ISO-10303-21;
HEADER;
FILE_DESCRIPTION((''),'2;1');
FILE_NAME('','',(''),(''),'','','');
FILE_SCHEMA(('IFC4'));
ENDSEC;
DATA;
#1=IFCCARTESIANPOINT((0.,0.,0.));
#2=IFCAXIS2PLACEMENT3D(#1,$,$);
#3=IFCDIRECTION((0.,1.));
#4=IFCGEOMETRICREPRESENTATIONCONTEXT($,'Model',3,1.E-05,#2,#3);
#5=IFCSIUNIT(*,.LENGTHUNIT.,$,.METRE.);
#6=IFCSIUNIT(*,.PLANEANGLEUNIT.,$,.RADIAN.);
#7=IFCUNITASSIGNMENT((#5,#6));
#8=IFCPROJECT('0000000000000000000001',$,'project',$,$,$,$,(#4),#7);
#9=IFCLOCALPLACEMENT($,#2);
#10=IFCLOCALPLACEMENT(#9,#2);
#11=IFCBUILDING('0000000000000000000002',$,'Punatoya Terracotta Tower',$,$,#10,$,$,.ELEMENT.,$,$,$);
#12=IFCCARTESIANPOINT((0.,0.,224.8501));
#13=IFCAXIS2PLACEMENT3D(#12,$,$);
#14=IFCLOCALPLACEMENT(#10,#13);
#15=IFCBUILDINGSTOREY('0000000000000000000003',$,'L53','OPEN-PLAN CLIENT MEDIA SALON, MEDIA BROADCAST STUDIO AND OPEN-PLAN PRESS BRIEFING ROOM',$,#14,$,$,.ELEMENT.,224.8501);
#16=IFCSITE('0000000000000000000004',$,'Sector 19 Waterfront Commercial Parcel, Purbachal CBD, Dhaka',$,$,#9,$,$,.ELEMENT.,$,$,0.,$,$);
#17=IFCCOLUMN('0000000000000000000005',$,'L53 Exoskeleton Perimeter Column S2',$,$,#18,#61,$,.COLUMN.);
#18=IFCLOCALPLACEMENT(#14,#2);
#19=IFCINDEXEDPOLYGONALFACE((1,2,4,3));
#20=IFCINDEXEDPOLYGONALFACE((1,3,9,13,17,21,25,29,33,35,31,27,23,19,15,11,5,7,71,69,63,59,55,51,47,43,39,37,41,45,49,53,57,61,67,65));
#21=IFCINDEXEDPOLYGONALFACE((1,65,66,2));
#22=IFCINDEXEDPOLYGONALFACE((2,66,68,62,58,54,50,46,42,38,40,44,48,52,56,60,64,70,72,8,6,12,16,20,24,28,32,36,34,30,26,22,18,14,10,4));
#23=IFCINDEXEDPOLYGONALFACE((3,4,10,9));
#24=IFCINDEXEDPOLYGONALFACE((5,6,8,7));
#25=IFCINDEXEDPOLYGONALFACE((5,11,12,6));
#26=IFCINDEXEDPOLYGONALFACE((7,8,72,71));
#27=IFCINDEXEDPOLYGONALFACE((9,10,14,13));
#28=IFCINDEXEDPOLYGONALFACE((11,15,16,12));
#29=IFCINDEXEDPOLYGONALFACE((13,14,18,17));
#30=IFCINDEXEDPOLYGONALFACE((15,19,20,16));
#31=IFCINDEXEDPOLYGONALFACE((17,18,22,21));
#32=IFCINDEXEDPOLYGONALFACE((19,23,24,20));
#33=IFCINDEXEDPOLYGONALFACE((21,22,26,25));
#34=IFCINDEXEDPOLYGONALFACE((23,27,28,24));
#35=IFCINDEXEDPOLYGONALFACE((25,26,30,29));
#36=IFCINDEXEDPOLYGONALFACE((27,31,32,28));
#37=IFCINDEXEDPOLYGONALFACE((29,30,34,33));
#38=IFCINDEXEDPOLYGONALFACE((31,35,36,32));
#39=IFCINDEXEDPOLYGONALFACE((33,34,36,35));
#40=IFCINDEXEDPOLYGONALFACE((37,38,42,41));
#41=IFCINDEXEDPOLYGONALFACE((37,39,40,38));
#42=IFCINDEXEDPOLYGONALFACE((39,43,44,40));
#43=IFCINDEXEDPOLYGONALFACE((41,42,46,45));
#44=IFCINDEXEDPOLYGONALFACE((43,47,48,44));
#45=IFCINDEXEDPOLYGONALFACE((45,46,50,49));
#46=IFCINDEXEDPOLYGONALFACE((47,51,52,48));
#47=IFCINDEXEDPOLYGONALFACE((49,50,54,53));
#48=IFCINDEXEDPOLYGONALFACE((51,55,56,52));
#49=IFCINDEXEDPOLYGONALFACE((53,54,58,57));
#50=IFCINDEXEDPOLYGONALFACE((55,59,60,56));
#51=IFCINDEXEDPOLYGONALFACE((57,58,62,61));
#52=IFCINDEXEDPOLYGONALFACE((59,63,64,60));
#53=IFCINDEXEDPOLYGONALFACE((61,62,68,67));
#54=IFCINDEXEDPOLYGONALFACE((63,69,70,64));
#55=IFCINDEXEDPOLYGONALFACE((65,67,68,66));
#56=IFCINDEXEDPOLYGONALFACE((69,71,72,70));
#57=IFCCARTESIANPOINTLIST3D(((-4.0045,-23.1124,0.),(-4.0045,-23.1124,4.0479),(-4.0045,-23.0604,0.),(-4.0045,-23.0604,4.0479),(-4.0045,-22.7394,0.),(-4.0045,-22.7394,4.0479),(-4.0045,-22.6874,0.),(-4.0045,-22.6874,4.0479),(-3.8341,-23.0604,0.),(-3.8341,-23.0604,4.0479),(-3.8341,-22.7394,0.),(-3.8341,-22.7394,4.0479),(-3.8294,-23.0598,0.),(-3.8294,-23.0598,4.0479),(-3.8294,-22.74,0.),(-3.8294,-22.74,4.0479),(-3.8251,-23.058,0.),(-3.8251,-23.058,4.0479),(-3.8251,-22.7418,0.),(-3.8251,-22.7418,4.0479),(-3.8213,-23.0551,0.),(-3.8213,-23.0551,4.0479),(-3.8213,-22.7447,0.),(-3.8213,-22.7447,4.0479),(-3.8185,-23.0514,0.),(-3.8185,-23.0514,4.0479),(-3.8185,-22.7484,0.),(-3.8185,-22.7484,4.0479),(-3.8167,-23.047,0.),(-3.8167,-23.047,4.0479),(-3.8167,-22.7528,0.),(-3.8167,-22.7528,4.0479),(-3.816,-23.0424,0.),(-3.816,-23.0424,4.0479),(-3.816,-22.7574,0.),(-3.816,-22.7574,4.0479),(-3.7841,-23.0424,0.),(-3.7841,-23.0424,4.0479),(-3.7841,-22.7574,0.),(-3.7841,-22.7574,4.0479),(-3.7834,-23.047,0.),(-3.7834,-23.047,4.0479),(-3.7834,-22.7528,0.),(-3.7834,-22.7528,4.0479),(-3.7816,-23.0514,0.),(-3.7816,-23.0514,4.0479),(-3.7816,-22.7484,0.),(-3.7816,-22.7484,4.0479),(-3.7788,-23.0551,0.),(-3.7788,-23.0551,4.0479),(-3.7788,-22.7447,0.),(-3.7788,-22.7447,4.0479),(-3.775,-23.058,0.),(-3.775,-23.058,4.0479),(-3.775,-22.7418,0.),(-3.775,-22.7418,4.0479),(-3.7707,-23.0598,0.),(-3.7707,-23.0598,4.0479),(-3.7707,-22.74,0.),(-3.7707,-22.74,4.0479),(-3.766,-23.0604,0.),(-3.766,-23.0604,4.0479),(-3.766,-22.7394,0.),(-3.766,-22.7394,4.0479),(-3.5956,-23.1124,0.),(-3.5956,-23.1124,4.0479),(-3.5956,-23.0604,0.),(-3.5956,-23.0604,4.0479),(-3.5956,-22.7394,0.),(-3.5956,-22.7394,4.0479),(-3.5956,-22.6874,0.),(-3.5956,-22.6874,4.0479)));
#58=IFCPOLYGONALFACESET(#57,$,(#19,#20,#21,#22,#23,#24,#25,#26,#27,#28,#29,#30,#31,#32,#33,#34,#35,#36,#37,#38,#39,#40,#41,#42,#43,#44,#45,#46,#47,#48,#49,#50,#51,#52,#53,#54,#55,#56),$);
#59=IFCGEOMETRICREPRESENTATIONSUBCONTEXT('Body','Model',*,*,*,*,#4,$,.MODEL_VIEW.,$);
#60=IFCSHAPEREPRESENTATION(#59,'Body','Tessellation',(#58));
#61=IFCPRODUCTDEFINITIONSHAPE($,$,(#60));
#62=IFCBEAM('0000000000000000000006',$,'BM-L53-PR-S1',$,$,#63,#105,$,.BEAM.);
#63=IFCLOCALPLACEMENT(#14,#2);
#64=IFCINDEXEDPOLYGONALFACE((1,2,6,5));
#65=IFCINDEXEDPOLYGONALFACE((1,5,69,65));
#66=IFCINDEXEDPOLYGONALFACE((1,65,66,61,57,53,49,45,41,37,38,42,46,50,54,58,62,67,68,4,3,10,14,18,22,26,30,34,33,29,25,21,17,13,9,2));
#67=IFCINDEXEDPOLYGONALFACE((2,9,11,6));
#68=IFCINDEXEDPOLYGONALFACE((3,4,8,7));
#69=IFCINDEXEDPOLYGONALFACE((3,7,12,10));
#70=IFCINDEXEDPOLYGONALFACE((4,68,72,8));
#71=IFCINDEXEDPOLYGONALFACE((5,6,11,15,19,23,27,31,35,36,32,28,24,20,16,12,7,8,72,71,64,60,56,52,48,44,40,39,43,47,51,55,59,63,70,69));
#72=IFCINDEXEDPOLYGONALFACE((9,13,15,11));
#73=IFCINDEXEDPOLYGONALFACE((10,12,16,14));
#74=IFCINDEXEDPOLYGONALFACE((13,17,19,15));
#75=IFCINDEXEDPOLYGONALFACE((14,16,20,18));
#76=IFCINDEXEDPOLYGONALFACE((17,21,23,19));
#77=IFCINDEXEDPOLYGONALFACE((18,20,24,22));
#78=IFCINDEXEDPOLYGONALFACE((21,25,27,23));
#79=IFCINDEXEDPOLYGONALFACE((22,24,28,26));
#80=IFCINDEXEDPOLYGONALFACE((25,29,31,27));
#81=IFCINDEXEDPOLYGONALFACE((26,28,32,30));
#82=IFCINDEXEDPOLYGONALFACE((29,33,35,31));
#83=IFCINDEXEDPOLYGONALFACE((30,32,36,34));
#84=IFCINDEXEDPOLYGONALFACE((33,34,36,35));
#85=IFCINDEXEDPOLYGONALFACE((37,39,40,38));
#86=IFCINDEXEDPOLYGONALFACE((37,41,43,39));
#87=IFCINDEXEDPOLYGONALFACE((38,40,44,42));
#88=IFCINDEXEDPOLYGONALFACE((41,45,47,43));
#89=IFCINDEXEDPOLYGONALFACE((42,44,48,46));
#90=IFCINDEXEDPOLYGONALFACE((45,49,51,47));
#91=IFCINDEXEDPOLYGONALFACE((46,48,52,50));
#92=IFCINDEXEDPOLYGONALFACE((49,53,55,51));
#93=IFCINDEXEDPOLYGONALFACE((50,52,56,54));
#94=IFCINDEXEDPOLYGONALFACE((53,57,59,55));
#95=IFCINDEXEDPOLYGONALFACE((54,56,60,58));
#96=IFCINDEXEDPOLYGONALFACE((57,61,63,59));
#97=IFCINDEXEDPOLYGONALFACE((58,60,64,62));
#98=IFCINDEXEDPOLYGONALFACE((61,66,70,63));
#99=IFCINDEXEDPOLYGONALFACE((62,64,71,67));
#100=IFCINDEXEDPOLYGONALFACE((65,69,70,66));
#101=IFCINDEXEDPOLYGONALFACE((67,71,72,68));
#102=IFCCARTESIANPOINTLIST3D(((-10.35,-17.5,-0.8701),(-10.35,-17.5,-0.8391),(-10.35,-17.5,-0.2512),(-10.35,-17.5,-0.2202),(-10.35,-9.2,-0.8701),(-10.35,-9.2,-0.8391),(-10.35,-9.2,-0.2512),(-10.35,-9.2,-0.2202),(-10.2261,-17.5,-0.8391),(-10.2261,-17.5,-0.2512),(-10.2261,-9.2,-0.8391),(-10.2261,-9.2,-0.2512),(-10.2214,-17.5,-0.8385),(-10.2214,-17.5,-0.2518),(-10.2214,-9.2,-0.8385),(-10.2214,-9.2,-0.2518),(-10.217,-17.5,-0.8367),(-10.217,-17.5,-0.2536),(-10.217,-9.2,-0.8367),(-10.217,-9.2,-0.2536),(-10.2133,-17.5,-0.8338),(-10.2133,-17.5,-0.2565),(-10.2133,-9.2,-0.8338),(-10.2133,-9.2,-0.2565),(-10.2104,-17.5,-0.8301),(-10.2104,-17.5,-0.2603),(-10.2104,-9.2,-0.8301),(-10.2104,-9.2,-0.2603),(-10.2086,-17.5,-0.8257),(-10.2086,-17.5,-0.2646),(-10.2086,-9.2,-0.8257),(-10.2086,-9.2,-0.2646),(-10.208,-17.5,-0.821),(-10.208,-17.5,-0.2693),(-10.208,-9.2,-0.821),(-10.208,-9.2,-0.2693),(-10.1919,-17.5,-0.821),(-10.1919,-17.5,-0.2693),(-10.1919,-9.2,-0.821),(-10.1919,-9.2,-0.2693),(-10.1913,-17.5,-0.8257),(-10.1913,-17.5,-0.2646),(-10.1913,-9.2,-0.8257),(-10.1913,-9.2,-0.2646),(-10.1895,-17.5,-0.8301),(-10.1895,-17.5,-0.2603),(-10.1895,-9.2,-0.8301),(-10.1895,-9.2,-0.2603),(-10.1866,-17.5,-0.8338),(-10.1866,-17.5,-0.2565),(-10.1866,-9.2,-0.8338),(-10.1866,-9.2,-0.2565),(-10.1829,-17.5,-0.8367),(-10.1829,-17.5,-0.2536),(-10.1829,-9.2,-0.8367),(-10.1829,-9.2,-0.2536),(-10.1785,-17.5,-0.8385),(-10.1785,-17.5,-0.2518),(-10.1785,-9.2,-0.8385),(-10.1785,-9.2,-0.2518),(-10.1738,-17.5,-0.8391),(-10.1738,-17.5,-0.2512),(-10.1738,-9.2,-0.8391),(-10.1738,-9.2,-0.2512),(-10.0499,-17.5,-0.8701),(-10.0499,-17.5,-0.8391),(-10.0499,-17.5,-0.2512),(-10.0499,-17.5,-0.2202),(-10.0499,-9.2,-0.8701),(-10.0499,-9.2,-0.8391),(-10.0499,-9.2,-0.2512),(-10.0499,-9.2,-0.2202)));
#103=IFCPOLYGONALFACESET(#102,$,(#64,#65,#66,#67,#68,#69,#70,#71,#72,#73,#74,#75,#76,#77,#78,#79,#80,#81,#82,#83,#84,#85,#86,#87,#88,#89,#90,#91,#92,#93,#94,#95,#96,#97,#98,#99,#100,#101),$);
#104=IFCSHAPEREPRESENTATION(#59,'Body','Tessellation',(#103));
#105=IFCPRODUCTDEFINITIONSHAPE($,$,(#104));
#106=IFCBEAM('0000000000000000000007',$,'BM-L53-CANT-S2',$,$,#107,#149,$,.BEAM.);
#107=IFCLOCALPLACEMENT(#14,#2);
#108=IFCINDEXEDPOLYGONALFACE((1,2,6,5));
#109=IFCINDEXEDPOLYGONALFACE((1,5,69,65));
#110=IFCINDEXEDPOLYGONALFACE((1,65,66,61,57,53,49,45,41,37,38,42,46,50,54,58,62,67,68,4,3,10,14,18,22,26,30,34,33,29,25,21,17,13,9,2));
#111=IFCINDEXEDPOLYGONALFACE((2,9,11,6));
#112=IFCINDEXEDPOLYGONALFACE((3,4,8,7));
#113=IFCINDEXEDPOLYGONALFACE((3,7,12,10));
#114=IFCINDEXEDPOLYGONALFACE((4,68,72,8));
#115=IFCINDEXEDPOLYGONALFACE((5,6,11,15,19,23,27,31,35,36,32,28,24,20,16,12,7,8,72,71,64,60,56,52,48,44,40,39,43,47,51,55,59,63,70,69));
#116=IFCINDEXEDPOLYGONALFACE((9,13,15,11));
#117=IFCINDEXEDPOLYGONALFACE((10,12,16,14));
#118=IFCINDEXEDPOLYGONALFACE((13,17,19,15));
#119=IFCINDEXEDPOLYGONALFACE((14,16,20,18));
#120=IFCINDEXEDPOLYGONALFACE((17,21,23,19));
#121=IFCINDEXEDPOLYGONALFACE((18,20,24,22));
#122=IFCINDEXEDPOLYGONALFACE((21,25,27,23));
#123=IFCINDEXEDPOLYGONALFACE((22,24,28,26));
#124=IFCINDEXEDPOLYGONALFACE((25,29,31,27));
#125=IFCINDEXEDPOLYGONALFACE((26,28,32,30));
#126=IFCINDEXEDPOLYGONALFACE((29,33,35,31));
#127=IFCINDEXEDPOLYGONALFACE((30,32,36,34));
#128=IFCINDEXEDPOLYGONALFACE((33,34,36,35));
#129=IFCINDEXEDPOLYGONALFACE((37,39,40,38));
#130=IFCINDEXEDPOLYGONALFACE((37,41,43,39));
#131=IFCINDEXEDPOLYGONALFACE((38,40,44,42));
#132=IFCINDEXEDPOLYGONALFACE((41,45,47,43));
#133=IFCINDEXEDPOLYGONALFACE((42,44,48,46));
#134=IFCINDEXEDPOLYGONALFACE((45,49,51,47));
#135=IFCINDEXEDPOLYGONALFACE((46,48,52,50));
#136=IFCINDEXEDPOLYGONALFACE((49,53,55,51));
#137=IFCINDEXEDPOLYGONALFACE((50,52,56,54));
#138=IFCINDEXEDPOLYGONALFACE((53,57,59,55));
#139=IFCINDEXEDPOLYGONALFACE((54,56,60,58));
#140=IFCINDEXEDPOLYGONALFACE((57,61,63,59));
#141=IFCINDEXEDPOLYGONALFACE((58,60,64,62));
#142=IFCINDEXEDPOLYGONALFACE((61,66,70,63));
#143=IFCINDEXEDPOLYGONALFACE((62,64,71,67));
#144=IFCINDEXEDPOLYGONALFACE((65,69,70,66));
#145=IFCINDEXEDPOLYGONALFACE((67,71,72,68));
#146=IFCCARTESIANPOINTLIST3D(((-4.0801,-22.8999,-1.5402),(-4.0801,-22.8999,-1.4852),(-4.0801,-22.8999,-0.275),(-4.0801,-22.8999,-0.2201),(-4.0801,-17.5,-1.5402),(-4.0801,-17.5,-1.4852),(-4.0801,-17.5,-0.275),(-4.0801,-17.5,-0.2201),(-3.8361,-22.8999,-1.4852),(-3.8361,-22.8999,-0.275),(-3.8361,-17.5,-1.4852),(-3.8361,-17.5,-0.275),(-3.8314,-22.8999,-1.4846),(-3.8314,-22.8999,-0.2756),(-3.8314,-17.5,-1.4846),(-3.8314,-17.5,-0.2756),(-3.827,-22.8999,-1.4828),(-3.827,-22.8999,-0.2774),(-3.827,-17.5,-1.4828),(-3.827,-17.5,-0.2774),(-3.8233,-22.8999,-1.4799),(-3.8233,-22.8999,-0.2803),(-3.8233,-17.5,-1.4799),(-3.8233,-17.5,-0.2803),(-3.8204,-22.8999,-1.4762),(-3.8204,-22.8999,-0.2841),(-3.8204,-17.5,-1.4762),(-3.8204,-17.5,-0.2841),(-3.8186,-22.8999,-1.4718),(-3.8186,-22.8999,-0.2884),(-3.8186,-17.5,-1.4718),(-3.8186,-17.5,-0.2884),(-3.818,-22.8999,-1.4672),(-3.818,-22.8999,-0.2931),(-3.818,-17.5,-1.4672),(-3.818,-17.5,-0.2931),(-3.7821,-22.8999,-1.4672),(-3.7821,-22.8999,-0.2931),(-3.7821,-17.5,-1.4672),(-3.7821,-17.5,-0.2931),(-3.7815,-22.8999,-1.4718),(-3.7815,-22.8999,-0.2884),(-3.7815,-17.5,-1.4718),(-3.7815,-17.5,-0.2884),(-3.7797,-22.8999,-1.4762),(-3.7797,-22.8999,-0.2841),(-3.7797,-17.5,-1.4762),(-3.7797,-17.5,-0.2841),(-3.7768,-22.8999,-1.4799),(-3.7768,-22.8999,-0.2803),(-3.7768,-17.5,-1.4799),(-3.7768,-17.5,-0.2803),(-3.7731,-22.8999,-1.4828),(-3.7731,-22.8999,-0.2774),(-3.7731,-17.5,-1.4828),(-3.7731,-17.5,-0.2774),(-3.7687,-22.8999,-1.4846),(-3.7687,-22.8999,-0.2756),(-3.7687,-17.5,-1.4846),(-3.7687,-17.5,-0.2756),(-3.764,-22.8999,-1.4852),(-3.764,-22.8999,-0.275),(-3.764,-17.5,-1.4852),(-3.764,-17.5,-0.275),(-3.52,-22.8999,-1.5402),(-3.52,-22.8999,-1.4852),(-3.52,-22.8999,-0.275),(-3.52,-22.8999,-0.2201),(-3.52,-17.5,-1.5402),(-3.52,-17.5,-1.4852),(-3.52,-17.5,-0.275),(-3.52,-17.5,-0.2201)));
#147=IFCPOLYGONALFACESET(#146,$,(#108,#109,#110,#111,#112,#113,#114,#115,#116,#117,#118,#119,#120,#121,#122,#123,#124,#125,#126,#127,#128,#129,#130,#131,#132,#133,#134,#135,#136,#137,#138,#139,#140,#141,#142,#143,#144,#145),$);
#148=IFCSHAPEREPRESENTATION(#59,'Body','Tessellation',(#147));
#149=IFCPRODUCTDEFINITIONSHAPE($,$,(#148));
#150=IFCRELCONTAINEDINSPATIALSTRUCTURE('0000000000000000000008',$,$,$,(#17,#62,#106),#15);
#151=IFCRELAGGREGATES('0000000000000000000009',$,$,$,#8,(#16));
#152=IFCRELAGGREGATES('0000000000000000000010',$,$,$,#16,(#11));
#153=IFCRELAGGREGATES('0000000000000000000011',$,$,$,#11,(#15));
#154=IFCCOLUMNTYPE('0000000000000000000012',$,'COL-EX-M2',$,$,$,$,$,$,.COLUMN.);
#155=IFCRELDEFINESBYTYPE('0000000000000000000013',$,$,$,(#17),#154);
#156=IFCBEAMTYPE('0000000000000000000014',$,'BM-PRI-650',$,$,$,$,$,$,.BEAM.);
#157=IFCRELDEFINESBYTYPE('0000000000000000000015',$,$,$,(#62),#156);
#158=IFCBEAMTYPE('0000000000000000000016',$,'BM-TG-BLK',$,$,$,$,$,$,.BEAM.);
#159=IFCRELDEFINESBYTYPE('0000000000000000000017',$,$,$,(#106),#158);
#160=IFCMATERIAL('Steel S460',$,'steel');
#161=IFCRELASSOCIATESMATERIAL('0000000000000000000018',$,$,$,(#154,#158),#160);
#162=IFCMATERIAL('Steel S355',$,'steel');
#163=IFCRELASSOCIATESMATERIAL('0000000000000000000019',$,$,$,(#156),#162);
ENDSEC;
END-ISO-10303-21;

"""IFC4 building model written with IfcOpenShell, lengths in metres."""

from ifc_helpers import new_model, si_unit, direction, frame, origin, origin_2d, place, context, subcontext, project, spatial, i_section, extrude, material, material_profile, profile_set, type_object, element, save


model = new_model("IFC4")

# Units and contexts
model_context = context("Model", 3, precision=1e-05, world=origin(), true_north=direction((0.0, 1.0)))
body_context = subcontext(model_context, "Body", "Model", "MODEL_VIEW")
ifc_project = project(units=[si_unit("LENGTHUNIT", "METRE"), si_unit("PLANEANGLEUNIT", "RADIAN")], contexts=[model_context])

# Site, building, storey
site_placement = place(None, origin())
site = spatial("IfcSite", under=ifc_project, at=site_placement, Name="Sector 19 Waterfront Commercial Parcel, Purbachal CBD, Dhaka", CompositionType="ELEMENT", RefElevation=0.0)
building_placement = place(site_placement, origin())
building = spatial("IfcBuilding", under=site, at=building_placement, Name="Punatoya Terracotta Tower", CompositionType="ELEMENT")
storey_placement = place(building_placement, frame((0.0, 0.0, 224.8501)))
storey = spatial("IfcBuildingStorey", under=building, at=storey_placement, Name="L53", Description="OPEN-PLAN CLIENT MEDIA SALON, MEDIA BROADCAST STUDIO AND OPEN-PLAN PRESS BRIEFING ROOM", CompositionType="ELEMENT", Elevation=224.8501)

# Column
ifc_material_1 = material(Name="Steel S460", Category="steel")
ifc_material_profile_1 = material_profile(ifc_material_1, i_section(OverallWidth=0.4089, OverallDepth=0.425, WebThickness=0.032, FlangeThickness=0.052, FilletRadius=0.0181, at=origin_2d()))
ifc_profile_set_1 = profile_set([ifc_material_profile_1], Name="Steel S460")
column_type = type_object("IfcColumnType", Name="COL-EX-M2", PredefinedType="COLUMN", material=ifc_profile_set_1)
column_placement = place(storey_placement, frame((-3.8, -22.8999, 0.0), z_axis=(0.0, 0.0, 1.0), x_axis=(1.0, 0.0, 0.0)))
element("IfcColumn", 1, at=column_placement, inside=storey, type_object=column_type, Name="L53 Exoskeleton Perimeter Column S2", PredefinedType="COLUMN", context=body_context, shape_type="SweptSolid", body=[
    extrude(i_section(OverallWidth=0.4089, OverallDepth=0.425, WebThickness=0.032, FlangeThickness=0.052, FilletRadius=0.0181, at=origin_2d()), origin(), (0.0, 0.0, 1.0), 4.0479),
])

# Beams
ifc_material_2 = material(Name="Steel S355", Category="steel")
ifc_material_profile_2 = material_profile(ifc_material_2, i_section(OverallWidth=0.3, OverallDepth=0.6499, WebThickness=0.0161, FlangeThickness=0.031, FilletRadius=0.0181, at=origin_2d()))
ifc_profile_set_2 = profile_set([ifc_material_profile_2], Name="Steel S355")
beam_type_1 = type_object("IfcBeamType", Name="BM-PRI-650", PredefinedType="BEAM", material=ifc_profile_set_2)
beam_1_placement = place(storey_placement, frame((-10.2, -17.5, -0.5452), z_axis=(0.0, 1.0, 0.0), x_axis=(-1.0, 0.0, 0.0)))
element("IfcBeam", 2, at=beam_1_placement, inside=storey, type_object=beam_type_1, Name="BM-L53-PR-S1", PredefinedType="BEAM", context=body_context, shape_type="SweptSolid", body=[
    extrude(i_section(OverallWidth=0.3, OverallDepth=0.6499, WebThickness=0.0161, FlangeThickness=0.031, FilletRadius=0.0181, at=origin_2d()), origin(), (0.0, 0.0, 1.0), 8.3),
])
ifc_material_profile_3 = material_profile(ifc_material_1, i_section(OverallWidth=0.5601, OverallDepth=1.3201, WebThickness=0.0359, FlangeThickness=0.0549, FilletRadius=0.0181, at=origin_2d()))
ifc_profile_set_3 = profile_set([ifc_material_profile_3], Name="Steel S460")
beam_type_2 = type_object("IfcBeamType", Name="BM-TG-BLK", PredefinedType="BEAM", material=ifc_profile_set_3)
beam_2_placement = place(storey_placement, frame((-3.8, -22.8999, -0.8801), z_axis=(0.0, 1.0, 0.0), x_axis=(-1.0, 0.0, 0.0)))
element("IfcBeam", 3, at=beam_2_placement, inside=storey, type_object=beam_type_2, Name="BM-L53-CANT-S2", PredefinedType="BEAM", context=body_context, shape_type="SweptSolid", body=[
    extrude(i_section(OverallWidth=0.5601, OverallDepth=1.3201, WebThickness=0.0359, FlangeThickness=0.0549, FilletRadius=0.0181, at=origin_2d()), origin(), (0.0, 0.0, 1.0), 5.3999),
])

save(model, "model.ifc")
